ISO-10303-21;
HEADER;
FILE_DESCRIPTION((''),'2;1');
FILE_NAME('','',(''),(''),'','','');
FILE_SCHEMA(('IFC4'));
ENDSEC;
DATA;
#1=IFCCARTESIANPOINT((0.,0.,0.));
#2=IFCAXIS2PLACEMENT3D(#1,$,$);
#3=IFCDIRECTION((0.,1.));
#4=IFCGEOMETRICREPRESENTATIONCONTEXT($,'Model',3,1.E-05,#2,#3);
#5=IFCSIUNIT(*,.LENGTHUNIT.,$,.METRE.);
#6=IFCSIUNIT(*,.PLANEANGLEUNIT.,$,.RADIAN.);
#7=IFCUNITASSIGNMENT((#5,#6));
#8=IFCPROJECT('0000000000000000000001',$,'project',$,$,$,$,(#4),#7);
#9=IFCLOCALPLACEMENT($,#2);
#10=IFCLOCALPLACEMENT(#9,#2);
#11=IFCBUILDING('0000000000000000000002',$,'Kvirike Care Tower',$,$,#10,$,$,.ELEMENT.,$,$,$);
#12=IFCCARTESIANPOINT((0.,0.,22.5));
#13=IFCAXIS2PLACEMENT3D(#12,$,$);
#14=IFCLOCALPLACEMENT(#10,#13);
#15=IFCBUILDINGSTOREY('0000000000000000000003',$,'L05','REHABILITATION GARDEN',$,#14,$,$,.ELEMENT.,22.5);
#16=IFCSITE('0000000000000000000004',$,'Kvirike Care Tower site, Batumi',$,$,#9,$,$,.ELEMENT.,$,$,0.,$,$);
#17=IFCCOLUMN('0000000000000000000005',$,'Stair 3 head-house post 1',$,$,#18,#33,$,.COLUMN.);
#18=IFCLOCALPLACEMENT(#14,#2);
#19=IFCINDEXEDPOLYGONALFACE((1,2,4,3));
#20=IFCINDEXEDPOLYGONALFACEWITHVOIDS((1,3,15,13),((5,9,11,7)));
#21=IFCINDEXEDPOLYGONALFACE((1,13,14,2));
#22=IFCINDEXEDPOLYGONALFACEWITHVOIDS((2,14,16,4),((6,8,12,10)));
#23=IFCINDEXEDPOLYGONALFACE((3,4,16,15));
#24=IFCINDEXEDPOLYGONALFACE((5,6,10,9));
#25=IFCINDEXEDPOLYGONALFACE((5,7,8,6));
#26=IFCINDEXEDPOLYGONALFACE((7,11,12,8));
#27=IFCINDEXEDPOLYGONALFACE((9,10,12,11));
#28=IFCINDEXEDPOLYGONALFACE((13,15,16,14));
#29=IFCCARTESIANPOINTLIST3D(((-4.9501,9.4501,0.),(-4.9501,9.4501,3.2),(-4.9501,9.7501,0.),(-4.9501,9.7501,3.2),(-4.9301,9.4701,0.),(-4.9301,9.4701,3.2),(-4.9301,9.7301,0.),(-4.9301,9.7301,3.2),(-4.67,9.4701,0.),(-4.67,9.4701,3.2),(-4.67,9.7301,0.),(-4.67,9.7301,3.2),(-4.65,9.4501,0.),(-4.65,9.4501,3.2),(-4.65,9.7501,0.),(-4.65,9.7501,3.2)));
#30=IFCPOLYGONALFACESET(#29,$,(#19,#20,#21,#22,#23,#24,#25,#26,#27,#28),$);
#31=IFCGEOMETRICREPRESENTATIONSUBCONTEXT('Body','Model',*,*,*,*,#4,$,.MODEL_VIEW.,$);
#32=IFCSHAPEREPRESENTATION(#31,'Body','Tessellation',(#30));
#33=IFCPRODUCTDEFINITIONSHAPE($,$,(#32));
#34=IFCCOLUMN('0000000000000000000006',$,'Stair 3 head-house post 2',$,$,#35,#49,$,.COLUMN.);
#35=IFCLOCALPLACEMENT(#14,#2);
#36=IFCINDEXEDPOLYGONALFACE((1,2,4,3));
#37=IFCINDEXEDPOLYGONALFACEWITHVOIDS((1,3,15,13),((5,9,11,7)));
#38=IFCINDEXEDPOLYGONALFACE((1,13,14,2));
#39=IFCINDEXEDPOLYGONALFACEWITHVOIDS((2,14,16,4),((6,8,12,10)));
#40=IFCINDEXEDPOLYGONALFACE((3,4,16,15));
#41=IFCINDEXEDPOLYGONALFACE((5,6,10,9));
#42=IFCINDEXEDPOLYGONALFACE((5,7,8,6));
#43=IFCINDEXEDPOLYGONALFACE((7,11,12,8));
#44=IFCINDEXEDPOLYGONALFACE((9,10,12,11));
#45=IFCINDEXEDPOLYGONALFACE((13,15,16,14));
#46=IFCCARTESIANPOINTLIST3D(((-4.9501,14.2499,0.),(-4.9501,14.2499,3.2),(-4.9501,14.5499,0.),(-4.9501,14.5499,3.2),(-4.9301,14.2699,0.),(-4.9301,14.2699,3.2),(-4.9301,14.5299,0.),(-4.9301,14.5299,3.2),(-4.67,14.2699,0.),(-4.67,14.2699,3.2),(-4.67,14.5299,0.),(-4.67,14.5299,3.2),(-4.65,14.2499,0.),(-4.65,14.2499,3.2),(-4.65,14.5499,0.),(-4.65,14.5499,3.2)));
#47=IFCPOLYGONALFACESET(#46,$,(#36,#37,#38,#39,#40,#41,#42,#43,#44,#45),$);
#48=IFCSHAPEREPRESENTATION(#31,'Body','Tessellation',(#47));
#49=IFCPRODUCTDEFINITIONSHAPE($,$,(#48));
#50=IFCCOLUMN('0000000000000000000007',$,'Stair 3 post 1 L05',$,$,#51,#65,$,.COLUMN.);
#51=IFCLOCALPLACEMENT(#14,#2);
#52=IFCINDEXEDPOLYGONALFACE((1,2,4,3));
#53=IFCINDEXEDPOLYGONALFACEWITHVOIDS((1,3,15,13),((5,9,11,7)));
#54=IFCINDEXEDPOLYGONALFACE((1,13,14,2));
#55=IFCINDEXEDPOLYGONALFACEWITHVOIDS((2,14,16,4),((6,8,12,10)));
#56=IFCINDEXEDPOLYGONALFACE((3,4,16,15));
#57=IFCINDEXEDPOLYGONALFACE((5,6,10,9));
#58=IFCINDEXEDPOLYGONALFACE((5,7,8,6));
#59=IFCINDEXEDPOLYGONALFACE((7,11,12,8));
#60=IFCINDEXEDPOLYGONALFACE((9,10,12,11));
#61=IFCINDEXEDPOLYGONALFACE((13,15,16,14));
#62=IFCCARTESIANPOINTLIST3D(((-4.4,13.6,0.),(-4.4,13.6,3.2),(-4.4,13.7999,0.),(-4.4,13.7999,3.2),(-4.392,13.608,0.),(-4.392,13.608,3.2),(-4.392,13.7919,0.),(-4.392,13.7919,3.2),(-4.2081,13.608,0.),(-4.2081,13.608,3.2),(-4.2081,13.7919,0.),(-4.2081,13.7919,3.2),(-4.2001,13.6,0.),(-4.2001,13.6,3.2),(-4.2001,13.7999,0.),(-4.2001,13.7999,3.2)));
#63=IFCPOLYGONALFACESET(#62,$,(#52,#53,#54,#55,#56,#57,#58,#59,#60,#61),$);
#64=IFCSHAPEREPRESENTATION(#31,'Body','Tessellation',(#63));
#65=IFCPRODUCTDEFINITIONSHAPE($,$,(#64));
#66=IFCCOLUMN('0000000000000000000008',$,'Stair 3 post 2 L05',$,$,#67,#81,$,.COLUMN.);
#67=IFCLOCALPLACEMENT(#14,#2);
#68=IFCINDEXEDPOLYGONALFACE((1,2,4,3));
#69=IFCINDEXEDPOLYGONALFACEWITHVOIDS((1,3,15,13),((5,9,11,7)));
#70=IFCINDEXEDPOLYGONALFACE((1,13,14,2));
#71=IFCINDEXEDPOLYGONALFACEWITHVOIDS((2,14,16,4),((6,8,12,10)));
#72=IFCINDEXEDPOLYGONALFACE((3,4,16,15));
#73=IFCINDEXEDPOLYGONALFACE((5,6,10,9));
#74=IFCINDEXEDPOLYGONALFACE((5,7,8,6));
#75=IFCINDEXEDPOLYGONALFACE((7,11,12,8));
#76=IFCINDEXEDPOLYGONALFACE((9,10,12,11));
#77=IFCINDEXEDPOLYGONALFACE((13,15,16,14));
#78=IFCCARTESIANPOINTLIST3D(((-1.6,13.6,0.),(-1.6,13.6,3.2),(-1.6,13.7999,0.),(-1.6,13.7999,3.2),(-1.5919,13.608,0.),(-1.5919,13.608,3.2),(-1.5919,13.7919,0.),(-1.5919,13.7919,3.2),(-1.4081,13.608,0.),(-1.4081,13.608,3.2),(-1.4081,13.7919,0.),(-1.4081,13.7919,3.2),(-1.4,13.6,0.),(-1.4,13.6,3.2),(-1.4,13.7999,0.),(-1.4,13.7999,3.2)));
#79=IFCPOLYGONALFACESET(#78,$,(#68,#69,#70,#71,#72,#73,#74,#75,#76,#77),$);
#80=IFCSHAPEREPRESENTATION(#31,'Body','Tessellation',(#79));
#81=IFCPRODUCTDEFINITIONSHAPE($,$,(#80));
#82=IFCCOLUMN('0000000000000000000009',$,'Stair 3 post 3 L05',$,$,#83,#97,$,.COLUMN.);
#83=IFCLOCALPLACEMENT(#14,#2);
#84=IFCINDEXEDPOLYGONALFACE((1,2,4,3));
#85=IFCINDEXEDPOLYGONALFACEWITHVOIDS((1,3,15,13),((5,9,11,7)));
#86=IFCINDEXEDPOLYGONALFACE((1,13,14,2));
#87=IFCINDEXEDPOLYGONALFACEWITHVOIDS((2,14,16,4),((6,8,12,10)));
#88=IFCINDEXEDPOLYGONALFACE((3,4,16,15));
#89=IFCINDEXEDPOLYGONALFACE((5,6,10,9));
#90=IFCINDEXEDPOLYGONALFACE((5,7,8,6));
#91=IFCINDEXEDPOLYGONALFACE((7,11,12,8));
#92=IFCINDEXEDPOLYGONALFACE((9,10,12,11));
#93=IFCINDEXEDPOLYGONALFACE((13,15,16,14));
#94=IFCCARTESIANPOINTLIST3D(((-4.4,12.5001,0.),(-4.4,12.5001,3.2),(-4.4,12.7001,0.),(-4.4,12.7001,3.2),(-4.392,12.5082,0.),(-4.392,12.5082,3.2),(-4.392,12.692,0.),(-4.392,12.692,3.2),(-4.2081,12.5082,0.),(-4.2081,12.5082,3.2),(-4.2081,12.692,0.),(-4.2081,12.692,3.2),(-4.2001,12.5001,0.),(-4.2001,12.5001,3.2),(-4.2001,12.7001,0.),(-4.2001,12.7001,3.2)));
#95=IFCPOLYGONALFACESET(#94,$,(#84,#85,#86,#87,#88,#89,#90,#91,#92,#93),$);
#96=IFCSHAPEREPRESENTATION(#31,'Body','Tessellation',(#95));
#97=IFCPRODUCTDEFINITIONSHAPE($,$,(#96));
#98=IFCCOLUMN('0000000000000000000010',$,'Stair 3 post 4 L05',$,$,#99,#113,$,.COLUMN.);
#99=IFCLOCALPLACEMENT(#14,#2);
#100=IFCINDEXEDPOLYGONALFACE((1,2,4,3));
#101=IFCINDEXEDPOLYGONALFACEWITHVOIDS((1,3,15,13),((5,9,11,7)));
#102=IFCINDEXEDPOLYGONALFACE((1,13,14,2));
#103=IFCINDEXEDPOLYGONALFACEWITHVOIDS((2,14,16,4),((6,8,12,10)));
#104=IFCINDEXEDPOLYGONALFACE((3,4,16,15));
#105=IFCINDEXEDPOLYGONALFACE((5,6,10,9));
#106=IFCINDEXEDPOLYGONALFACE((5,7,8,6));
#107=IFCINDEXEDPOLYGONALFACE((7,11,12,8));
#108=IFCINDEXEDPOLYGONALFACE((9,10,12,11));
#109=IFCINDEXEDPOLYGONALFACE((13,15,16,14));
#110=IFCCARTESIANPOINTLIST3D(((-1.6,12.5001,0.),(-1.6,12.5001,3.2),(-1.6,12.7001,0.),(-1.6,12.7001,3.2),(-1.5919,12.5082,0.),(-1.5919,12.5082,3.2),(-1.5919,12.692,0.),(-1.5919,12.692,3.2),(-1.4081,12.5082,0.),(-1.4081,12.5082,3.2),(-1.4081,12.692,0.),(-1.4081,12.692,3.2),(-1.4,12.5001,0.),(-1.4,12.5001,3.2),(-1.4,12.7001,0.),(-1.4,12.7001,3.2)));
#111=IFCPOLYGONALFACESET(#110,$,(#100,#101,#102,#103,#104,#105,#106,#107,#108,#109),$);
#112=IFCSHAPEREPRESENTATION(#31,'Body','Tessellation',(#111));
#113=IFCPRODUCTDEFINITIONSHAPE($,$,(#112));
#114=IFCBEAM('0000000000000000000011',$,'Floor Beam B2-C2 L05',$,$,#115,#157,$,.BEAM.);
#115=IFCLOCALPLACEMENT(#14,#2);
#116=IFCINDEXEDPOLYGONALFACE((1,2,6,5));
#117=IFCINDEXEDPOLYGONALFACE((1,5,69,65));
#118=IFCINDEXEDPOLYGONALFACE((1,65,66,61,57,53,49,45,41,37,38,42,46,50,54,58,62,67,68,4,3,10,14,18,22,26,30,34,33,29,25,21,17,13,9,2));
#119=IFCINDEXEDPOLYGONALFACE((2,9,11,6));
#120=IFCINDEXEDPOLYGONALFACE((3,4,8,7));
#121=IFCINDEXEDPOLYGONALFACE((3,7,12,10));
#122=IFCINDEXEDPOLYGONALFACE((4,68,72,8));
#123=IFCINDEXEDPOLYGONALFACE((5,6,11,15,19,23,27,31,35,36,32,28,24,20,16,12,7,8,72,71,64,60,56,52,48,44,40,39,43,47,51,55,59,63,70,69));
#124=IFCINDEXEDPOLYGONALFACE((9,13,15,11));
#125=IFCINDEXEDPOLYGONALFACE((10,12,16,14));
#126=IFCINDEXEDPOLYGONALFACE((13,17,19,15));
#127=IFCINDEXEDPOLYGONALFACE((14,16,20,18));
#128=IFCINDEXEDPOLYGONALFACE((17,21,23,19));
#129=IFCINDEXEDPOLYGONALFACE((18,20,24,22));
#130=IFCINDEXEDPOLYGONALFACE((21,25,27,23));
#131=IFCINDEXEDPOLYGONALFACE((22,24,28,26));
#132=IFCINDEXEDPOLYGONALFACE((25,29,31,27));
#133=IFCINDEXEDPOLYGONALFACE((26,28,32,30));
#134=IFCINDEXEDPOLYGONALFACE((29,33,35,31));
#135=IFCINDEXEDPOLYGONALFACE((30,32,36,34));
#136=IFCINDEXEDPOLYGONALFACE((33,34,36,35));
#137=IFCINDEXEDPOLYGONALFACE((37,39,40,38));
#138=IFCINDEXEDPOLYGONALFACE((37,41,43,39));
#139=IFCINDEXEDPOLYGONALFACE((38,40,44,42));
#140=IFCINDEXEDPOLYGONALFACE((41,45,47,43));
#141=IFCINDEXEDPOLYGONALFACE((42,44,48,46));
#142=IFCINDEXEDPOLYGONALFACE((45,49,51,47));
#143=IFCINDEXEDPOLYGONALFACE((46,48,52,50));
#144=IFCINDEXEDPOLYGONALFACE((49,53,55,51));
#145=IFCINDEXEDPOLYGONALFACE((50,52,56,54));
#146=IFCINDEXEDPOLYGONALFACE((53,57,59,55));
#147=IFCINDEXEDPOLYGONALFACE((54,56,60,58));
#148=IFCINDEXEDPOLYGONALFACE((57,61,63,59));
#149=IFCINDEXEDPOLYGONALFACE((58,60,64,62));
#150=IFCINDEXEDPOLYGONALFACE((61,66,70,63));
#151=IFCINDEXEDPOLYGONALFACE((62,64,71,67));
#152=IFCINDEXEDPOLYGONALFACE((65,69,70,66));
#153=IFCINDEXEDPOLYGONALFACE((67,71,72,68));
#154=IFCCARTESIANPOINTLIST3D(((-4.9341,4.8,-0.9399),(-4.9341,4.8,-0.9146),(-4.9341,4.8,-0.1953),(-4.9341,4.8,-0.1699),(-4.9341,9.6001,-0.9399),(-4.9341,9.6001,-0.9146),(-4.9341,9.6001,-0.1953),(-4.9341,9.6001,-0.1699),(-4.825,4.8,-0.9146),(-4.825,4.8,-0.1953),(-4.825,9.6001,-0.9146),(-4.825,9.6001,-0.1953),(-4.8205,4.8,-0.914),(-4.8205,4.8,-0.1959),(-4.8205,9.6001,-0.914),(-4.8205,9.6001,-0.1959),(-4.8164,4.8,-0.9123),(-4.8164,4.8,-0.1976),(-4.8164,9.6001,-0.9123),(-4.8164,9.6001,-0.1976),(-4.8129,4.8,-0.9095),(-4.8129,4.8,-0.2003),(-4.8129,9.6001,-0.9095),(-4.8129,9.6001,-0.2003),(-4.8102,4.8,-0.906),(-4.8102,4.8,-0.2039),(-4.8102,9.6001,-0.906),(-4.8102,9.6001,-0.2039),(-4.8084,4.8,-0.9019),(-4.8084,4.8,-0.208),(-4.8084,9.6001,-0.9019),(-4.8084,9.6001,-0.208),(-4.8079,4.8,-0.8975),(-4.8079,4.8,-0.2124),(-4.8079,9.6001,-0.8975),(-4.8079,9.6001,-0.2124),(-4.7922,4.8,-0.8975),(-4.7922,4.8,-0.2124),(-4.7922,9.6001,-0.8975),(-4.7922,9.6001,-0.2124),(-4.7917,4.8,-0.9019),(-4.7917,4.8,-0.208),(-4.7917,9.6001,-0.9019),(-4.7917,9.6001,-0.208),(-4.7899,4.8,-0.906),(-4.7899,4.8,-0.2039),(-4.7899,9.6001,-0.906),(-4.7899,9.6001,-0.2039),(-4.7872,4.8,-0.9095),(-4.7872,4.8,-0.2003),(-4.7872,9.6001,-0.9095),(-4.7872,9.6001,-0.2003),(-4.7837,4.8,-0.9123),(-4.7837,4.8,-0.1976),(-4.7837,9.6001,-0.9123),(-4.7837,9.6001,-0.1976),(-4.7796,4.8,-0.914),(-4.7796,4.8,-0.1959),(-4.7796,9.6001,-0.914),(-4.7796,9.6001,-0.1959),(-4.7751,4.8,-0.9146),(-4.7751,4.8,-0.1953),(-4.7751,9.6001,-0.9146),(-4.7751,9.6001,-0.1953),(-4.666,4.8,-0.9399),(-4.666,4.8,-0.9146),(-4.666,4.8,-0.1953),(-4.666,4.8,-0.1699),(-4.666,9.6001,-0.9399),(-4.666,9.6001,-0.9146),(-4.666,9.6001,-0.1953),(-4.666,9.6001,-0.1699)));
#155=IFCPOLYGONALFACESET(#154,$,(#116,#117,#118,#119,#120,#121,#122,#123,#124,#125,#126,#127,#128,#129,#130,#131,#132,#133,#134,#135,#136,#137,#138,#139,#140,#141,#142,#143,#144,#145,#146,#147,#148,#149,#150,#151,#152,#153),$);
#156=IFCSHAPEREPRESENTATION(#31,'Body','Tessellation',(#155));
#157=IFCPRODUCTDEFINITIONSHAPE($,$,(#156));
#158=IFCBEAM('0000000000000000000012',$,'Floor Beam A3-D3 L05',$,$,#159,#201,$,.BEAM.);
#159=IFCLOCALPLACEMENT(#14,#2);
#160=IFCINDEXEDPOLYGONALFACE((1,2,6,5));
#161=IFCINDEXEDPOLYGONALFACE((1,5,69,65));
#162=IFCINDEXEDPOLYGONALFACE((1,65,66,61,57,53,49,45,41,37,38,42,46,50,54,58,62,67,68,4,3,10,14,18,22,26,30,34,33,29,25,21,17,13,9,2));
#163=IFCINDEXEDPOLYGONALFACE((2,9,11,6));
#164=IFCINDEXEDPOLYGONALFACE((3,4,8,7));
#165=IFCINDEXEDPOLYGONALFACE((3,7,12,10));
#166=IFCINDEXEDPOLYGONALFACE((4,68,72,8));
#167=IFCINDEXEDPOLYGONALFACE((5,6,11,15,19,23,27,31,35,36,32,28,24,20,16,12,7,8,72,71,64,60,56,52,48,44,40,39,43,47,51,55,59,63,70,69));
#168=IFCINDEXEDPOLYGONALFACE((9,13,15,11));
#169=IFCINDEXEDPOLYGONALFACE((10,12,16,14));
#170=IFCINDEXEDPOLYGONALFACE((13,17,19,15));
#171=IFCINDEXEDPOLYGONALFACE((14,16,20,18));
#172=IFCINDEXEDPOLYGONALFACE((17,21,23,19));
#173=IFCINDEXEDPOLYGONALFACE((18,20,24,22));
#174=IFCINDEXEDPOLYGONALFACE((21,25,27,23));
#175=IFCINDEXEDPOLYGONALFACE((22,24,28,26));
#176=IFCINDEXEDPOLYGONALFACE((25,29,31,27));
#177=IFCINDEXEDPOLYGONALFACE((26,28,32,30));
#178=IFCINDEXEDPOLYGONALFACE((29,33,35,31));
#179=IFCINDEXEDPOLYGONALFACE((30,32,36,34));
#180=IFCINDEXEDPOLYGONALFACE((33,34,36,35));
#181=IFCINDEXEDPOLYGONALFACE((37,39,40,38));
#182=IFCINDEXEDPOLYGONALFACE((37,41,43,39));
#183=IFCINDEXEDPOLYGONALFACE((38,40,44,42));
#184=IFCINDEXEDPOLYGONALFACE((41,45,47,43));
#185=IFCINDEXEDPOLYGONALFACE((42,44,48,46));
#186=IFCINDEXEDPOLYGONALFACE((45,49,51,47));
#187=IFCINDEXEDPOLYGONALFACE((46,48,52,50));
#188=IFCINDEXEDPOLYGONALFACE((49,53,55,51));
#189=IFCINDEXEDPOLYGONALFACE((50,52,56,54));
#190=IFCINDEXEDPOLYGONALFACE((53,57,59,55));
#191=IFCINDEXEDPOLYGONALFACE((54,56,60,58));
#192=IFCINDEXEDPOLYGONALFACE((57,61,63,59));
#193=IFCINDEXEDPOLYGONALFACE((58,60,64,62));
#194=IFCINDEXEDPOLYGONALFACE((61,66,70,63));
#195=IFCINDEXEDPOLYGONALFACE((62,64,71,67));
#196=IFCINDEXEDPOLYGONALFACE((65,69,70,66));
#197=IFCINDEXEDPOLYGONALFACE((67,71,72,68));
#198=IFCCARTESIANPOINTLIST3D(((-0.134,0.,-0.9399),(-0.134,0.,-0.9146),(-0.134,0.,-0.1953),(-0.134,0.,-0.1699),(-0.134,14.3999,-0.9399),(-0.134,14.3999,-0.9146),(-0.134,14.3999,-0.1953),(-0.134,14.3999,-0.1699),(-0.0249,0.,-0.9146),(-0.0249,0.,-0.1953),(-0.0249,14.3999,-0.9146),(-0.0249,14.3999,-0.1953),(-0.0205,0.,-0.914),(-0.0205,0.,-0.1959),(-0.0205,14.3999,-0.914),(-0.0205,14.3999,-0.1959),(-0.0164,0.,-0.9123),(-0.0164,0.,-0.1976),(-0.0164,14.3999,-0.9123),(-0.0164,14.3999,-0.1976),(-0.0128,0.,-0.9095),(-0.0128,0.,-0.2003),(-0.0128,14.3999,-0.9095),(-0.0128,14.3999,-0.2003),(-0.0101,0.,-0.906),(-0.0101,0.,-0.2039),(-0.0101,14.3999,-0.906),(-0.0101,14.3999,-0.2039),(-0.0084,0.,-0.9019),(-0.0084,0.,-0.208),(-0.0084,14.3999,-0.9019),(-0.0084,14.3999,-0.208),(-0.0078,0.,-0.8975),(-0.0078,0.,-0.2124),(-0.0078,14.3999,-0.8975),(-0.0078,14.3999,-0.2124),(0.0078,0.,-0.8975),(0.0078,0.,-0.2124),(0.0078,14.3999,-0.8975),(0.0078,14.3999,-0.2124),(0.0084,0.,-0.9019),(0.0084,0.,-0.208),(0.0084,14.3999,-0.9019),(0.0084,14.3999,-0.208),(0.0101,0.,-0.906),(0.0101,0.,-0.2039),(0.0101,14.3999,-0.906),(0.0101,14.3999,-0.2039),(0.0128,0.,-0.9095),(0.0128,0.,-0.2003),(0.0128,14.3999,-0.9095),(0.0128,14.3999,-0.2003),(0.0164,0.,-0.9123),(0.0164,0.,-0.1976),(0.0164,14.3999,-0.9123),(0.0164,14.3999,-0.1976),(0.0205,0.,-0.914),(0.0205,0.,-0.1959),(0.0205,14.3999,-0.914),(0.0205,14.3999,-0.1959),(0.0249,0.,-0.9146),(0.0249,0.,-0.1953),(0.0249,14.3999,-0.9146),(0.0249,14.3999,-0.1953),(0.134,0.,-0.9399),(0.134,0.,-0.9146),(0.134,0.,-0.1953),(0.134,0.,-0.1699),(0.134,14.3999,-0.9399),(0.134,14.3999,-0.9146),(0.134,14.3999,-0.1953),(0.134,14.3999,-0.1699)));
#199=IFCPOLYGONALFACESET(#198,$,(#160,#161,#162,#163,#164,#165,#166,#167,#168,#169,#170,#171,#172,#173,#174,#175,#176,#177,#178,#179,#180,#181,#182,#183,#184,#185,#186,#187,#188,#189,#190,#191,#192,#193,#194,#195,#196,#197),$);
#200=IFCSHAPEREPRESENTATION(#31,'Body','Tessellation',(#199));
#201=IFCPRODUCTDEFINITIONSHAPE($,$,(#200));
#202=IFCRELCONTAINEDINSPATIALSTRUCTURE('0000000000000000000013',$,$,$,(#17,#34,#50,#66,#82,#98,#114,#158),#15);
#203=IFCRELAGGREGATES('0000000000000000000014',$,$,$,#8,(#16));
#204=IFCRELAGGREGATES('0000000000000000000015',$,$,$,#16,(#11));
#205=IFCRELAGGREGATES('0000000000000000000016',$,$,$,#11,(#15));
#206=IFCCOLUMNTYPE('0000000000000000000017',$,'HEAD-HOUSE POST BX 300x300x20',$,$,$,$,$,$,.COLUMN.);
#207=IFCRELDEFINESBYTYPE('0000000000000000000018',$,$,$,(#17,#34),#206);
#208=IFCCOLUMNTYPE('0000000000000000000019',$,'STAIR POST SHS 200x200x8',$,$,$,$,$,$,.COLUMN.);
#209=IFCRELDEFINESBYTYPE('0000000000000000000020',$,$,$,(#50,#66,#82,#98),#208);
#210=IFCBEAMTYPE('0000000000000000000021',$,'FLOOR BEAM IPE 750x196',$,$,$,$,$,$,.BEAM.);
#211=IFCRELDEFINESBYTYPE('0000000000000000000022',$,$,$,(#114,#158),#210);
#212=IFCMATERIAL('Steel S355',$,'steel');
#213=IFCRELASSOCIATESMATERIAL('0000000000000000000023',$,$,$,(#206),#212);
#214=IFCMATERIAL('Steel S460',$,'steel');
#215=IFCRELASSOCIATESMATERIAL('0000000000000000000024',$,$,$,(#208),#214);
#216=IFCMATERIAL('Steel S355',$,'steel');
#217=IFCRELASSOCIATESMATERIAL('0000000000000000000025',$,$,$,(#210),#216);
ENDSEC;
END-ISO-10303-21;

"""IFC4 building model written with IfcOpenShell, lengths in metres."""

from ifc_helpers import new_model, si_unit, direction, frame, origin, origin_2d, place, context, subcontext, project, spatial, hollow_rectangle, i_section, extrude, material, material_profile, profile_set, type_object, element, save


model = new_model("IFC4")

# Units and contexts
model_context = context("Model", 3, precision=1e-05, world=origin(), true_north=direction((0.0, 1.0)))
body_context = subcontext(model_context, "Body", "Model", "MODEL_VIEW")
ifc_project = project(units=[si_unit("LENGTHUNIT", "METRE"), si_unit("PLANEANGLEUNIT", "RADIAN")], contexts=[model_context])

# Site, building, storey
site_placement = place(None, origin())
site = spatial("IfcSite", under=ifc_project, at=site_placement, Name="Kvirike Care Tower site, Batumi", CompositionType="ELEMENT", RefElevation=0.0)
building_placement = place(site_placement, origin())
building = spatial("IfcBuilding", under=site, at=building_placement, Name="Kvirike Care Tower", CompositionType="ELEMENT")
storey_placement = place(building_placement, frame((0.0, 0.0, 22.5)))
storey = spatial("IfcBuildingStorey", under=building, at=storey_placement, Name="L05", Description="REHABILITATION GARDEN", CompositionType="ELEMENT", Elevation=22.5)

# Columns
ifc_material_1 = material(Name="Steel S355", Category="steel")
ifc_material_profile_1 = material_profile(ifc_material_1, hollow_rectangle(XDim=0.3, YDim=0.3, WallThickness=0.02, at=origin_2d()), Name="BX 300x300x20")
ifc_profile_set_1 = profile_set([ifc_material_profile_1], Name="Steel S355")
column_type_1 = type_object("IfcColumnType", Name="HEAD-HOUSE POST BX 300x300x20", PredefinedType="COLUMN", material=ifc_profile_set_1)
for number, where, z_axis, x_axis, name in (
    (1, (-4.8, 9.6001, 0.0), (0.0, 0.0, 1.0), (1.0, 0.0, 0.0), "Stair 3 head-house post 1"),
    (2, (-4.8, 14.3999, 0.0), (0.0, 0.0, 1.0), (1.0, 0.0, 0.0), "Stair 3 head-house post 2"),
):
    element("IfcColumn", number, at=place(storey_placement, frame(where, z_axis=z_axis, x_axis=x_axis)), inside=storey, type_object=column_type_1, Name=name, PredefinedType="COLUMN", context=body_context, shape_type="SweptSolid", body=[
        extrude(hollow_rectangle(XDim=0.3, YDim=0.3, WallThickness=0.02, at=origin_2d()), origin(), (0.0, 0.0, 1.0), 3.2),
    ])
ifc_material_2 = material(Name="Steel S460", Category="steel")
ifc_material_profile_2 = material_profile(ifc_material_2, hollow_rectangle(XDim=0.2, YDim=0.2, WallThickness=0.0081, at=origin_2d()), Name="SHS 200x200x8")
ifc_profile_set_2 = profile_set([ifc_material_profile_2], Name="Steel S460")
column_type_2 = type_object("IfcColumnType", Name="STAIR POST SHS 200x200x8", PredefinedType="COLUMN", material=ifc_profile_set_2)
for number, where, z_axis, x_axis, name in (
    (3, (-4.3, 13.7, 0.0), (0.0, 0.0, 1.0), (1.0, 0.0, 0.0), "Stair 3 post 1 L05"),
    (4, (-1.5, 13.7, 0.0), (0.0, 0.0, 1.0), (1.0, 0.0, 0.0), "Stair 3 post 2 L05"),
    (5, (-4.3, 12.6001, 0.0), (0.0, 0.0, 1.0), (1.0, 0.0, 0.0), "Stair 3 post 3 L05"),
    (6, (-1.5, 12.6001, 0.0), (0.0, 0.0, 1.0), (1.0, 0.0, 0.0), "Stair 3 post 4 L05"),
):
    element("IfcColumn", number, at=place(storey_placement, frame(where, z_axis=z_axis, x_axis=x_axis)), inside=storey, type_object=column_type_2, Name=name, PredefinedType="COLUMN", context=body_context, shape_type="SweptSolid", body=[
        extrude(hollow_rectangle(XDim=0.2, YDim=0.2, WallThickness=0.0081, at=origin_2d()), origin(), (0.0, 0.0, 1.0), 3.2),
    ])

# Beams
ifc_material_3 = material(Name="Steel S355", Category="steel")
ifc_material_profile_3 = material_profile(ifc_material_3, i_section(OverallWidth=0.2681, OverallDepth=0.77, WebThickness=0.0156, FlangeThickness=0.0254, FilletRadius=0.0171, at=origin_2d()), Name="IPE 750x196")
ifc_profile_set_3 = profile_set([ifc_material_profile_3], Name="Steel S355")
beam_type_1 = type_object("IfcBeamType", Name="FLOOR BEAM IPE 750x196", PredefinedType="BEAM", material=ifc_profile_set_3)
beam_1_placement = place(storey_placement, frame((-4.8, 4.8, -0.5549), z_axis=(0.0, 1.0, 0.0), x_axis=(-1.0, 0.0, 0.0)))
element("IfcBeam", 7, at=beam_1_placement, inside=storey, type_object=beam_type_1, Name="Floor Beam B2-C2 L05", PredefinedType="BEAM", context=body_context, shape_type="SweptSolid", body=[
    extrude(i_section(OverallWidth=0.2681, OverallDepth=0.77, WebThickness=0.0156, FlangeThickness=0.0254, FilletRadius=0.0171, at=origin_2d()), origin(), (0.0, 0.0, 1.0), 4.8),
])
beam_2_placement = place(storey_placement, frame((0.0, 0.0, -0.5549), z_axis=(0.0, 1.0, 0.0), x_axis=(-1.0, 0.0, 0.0)))
element("IfcBeam", 8, at=beam_2_placement, inside=storey, type_object=beam_type_1, Name="Floor Beam A3-D3 L05", PredefinedType="BEAM", context=body_context, shape_type="SweptSolid", body=[
    extrude(i_section(OverallWidth=0.2681, OverallDepth=0.77, WebThickness=0.0156, FlangeThickness=0.0254, FilletRadius=0.0171, at=origin_2d()), origin(), (0.0, 0.0, 1.0), 14.3999),
])

save(model, "model.ifc")
